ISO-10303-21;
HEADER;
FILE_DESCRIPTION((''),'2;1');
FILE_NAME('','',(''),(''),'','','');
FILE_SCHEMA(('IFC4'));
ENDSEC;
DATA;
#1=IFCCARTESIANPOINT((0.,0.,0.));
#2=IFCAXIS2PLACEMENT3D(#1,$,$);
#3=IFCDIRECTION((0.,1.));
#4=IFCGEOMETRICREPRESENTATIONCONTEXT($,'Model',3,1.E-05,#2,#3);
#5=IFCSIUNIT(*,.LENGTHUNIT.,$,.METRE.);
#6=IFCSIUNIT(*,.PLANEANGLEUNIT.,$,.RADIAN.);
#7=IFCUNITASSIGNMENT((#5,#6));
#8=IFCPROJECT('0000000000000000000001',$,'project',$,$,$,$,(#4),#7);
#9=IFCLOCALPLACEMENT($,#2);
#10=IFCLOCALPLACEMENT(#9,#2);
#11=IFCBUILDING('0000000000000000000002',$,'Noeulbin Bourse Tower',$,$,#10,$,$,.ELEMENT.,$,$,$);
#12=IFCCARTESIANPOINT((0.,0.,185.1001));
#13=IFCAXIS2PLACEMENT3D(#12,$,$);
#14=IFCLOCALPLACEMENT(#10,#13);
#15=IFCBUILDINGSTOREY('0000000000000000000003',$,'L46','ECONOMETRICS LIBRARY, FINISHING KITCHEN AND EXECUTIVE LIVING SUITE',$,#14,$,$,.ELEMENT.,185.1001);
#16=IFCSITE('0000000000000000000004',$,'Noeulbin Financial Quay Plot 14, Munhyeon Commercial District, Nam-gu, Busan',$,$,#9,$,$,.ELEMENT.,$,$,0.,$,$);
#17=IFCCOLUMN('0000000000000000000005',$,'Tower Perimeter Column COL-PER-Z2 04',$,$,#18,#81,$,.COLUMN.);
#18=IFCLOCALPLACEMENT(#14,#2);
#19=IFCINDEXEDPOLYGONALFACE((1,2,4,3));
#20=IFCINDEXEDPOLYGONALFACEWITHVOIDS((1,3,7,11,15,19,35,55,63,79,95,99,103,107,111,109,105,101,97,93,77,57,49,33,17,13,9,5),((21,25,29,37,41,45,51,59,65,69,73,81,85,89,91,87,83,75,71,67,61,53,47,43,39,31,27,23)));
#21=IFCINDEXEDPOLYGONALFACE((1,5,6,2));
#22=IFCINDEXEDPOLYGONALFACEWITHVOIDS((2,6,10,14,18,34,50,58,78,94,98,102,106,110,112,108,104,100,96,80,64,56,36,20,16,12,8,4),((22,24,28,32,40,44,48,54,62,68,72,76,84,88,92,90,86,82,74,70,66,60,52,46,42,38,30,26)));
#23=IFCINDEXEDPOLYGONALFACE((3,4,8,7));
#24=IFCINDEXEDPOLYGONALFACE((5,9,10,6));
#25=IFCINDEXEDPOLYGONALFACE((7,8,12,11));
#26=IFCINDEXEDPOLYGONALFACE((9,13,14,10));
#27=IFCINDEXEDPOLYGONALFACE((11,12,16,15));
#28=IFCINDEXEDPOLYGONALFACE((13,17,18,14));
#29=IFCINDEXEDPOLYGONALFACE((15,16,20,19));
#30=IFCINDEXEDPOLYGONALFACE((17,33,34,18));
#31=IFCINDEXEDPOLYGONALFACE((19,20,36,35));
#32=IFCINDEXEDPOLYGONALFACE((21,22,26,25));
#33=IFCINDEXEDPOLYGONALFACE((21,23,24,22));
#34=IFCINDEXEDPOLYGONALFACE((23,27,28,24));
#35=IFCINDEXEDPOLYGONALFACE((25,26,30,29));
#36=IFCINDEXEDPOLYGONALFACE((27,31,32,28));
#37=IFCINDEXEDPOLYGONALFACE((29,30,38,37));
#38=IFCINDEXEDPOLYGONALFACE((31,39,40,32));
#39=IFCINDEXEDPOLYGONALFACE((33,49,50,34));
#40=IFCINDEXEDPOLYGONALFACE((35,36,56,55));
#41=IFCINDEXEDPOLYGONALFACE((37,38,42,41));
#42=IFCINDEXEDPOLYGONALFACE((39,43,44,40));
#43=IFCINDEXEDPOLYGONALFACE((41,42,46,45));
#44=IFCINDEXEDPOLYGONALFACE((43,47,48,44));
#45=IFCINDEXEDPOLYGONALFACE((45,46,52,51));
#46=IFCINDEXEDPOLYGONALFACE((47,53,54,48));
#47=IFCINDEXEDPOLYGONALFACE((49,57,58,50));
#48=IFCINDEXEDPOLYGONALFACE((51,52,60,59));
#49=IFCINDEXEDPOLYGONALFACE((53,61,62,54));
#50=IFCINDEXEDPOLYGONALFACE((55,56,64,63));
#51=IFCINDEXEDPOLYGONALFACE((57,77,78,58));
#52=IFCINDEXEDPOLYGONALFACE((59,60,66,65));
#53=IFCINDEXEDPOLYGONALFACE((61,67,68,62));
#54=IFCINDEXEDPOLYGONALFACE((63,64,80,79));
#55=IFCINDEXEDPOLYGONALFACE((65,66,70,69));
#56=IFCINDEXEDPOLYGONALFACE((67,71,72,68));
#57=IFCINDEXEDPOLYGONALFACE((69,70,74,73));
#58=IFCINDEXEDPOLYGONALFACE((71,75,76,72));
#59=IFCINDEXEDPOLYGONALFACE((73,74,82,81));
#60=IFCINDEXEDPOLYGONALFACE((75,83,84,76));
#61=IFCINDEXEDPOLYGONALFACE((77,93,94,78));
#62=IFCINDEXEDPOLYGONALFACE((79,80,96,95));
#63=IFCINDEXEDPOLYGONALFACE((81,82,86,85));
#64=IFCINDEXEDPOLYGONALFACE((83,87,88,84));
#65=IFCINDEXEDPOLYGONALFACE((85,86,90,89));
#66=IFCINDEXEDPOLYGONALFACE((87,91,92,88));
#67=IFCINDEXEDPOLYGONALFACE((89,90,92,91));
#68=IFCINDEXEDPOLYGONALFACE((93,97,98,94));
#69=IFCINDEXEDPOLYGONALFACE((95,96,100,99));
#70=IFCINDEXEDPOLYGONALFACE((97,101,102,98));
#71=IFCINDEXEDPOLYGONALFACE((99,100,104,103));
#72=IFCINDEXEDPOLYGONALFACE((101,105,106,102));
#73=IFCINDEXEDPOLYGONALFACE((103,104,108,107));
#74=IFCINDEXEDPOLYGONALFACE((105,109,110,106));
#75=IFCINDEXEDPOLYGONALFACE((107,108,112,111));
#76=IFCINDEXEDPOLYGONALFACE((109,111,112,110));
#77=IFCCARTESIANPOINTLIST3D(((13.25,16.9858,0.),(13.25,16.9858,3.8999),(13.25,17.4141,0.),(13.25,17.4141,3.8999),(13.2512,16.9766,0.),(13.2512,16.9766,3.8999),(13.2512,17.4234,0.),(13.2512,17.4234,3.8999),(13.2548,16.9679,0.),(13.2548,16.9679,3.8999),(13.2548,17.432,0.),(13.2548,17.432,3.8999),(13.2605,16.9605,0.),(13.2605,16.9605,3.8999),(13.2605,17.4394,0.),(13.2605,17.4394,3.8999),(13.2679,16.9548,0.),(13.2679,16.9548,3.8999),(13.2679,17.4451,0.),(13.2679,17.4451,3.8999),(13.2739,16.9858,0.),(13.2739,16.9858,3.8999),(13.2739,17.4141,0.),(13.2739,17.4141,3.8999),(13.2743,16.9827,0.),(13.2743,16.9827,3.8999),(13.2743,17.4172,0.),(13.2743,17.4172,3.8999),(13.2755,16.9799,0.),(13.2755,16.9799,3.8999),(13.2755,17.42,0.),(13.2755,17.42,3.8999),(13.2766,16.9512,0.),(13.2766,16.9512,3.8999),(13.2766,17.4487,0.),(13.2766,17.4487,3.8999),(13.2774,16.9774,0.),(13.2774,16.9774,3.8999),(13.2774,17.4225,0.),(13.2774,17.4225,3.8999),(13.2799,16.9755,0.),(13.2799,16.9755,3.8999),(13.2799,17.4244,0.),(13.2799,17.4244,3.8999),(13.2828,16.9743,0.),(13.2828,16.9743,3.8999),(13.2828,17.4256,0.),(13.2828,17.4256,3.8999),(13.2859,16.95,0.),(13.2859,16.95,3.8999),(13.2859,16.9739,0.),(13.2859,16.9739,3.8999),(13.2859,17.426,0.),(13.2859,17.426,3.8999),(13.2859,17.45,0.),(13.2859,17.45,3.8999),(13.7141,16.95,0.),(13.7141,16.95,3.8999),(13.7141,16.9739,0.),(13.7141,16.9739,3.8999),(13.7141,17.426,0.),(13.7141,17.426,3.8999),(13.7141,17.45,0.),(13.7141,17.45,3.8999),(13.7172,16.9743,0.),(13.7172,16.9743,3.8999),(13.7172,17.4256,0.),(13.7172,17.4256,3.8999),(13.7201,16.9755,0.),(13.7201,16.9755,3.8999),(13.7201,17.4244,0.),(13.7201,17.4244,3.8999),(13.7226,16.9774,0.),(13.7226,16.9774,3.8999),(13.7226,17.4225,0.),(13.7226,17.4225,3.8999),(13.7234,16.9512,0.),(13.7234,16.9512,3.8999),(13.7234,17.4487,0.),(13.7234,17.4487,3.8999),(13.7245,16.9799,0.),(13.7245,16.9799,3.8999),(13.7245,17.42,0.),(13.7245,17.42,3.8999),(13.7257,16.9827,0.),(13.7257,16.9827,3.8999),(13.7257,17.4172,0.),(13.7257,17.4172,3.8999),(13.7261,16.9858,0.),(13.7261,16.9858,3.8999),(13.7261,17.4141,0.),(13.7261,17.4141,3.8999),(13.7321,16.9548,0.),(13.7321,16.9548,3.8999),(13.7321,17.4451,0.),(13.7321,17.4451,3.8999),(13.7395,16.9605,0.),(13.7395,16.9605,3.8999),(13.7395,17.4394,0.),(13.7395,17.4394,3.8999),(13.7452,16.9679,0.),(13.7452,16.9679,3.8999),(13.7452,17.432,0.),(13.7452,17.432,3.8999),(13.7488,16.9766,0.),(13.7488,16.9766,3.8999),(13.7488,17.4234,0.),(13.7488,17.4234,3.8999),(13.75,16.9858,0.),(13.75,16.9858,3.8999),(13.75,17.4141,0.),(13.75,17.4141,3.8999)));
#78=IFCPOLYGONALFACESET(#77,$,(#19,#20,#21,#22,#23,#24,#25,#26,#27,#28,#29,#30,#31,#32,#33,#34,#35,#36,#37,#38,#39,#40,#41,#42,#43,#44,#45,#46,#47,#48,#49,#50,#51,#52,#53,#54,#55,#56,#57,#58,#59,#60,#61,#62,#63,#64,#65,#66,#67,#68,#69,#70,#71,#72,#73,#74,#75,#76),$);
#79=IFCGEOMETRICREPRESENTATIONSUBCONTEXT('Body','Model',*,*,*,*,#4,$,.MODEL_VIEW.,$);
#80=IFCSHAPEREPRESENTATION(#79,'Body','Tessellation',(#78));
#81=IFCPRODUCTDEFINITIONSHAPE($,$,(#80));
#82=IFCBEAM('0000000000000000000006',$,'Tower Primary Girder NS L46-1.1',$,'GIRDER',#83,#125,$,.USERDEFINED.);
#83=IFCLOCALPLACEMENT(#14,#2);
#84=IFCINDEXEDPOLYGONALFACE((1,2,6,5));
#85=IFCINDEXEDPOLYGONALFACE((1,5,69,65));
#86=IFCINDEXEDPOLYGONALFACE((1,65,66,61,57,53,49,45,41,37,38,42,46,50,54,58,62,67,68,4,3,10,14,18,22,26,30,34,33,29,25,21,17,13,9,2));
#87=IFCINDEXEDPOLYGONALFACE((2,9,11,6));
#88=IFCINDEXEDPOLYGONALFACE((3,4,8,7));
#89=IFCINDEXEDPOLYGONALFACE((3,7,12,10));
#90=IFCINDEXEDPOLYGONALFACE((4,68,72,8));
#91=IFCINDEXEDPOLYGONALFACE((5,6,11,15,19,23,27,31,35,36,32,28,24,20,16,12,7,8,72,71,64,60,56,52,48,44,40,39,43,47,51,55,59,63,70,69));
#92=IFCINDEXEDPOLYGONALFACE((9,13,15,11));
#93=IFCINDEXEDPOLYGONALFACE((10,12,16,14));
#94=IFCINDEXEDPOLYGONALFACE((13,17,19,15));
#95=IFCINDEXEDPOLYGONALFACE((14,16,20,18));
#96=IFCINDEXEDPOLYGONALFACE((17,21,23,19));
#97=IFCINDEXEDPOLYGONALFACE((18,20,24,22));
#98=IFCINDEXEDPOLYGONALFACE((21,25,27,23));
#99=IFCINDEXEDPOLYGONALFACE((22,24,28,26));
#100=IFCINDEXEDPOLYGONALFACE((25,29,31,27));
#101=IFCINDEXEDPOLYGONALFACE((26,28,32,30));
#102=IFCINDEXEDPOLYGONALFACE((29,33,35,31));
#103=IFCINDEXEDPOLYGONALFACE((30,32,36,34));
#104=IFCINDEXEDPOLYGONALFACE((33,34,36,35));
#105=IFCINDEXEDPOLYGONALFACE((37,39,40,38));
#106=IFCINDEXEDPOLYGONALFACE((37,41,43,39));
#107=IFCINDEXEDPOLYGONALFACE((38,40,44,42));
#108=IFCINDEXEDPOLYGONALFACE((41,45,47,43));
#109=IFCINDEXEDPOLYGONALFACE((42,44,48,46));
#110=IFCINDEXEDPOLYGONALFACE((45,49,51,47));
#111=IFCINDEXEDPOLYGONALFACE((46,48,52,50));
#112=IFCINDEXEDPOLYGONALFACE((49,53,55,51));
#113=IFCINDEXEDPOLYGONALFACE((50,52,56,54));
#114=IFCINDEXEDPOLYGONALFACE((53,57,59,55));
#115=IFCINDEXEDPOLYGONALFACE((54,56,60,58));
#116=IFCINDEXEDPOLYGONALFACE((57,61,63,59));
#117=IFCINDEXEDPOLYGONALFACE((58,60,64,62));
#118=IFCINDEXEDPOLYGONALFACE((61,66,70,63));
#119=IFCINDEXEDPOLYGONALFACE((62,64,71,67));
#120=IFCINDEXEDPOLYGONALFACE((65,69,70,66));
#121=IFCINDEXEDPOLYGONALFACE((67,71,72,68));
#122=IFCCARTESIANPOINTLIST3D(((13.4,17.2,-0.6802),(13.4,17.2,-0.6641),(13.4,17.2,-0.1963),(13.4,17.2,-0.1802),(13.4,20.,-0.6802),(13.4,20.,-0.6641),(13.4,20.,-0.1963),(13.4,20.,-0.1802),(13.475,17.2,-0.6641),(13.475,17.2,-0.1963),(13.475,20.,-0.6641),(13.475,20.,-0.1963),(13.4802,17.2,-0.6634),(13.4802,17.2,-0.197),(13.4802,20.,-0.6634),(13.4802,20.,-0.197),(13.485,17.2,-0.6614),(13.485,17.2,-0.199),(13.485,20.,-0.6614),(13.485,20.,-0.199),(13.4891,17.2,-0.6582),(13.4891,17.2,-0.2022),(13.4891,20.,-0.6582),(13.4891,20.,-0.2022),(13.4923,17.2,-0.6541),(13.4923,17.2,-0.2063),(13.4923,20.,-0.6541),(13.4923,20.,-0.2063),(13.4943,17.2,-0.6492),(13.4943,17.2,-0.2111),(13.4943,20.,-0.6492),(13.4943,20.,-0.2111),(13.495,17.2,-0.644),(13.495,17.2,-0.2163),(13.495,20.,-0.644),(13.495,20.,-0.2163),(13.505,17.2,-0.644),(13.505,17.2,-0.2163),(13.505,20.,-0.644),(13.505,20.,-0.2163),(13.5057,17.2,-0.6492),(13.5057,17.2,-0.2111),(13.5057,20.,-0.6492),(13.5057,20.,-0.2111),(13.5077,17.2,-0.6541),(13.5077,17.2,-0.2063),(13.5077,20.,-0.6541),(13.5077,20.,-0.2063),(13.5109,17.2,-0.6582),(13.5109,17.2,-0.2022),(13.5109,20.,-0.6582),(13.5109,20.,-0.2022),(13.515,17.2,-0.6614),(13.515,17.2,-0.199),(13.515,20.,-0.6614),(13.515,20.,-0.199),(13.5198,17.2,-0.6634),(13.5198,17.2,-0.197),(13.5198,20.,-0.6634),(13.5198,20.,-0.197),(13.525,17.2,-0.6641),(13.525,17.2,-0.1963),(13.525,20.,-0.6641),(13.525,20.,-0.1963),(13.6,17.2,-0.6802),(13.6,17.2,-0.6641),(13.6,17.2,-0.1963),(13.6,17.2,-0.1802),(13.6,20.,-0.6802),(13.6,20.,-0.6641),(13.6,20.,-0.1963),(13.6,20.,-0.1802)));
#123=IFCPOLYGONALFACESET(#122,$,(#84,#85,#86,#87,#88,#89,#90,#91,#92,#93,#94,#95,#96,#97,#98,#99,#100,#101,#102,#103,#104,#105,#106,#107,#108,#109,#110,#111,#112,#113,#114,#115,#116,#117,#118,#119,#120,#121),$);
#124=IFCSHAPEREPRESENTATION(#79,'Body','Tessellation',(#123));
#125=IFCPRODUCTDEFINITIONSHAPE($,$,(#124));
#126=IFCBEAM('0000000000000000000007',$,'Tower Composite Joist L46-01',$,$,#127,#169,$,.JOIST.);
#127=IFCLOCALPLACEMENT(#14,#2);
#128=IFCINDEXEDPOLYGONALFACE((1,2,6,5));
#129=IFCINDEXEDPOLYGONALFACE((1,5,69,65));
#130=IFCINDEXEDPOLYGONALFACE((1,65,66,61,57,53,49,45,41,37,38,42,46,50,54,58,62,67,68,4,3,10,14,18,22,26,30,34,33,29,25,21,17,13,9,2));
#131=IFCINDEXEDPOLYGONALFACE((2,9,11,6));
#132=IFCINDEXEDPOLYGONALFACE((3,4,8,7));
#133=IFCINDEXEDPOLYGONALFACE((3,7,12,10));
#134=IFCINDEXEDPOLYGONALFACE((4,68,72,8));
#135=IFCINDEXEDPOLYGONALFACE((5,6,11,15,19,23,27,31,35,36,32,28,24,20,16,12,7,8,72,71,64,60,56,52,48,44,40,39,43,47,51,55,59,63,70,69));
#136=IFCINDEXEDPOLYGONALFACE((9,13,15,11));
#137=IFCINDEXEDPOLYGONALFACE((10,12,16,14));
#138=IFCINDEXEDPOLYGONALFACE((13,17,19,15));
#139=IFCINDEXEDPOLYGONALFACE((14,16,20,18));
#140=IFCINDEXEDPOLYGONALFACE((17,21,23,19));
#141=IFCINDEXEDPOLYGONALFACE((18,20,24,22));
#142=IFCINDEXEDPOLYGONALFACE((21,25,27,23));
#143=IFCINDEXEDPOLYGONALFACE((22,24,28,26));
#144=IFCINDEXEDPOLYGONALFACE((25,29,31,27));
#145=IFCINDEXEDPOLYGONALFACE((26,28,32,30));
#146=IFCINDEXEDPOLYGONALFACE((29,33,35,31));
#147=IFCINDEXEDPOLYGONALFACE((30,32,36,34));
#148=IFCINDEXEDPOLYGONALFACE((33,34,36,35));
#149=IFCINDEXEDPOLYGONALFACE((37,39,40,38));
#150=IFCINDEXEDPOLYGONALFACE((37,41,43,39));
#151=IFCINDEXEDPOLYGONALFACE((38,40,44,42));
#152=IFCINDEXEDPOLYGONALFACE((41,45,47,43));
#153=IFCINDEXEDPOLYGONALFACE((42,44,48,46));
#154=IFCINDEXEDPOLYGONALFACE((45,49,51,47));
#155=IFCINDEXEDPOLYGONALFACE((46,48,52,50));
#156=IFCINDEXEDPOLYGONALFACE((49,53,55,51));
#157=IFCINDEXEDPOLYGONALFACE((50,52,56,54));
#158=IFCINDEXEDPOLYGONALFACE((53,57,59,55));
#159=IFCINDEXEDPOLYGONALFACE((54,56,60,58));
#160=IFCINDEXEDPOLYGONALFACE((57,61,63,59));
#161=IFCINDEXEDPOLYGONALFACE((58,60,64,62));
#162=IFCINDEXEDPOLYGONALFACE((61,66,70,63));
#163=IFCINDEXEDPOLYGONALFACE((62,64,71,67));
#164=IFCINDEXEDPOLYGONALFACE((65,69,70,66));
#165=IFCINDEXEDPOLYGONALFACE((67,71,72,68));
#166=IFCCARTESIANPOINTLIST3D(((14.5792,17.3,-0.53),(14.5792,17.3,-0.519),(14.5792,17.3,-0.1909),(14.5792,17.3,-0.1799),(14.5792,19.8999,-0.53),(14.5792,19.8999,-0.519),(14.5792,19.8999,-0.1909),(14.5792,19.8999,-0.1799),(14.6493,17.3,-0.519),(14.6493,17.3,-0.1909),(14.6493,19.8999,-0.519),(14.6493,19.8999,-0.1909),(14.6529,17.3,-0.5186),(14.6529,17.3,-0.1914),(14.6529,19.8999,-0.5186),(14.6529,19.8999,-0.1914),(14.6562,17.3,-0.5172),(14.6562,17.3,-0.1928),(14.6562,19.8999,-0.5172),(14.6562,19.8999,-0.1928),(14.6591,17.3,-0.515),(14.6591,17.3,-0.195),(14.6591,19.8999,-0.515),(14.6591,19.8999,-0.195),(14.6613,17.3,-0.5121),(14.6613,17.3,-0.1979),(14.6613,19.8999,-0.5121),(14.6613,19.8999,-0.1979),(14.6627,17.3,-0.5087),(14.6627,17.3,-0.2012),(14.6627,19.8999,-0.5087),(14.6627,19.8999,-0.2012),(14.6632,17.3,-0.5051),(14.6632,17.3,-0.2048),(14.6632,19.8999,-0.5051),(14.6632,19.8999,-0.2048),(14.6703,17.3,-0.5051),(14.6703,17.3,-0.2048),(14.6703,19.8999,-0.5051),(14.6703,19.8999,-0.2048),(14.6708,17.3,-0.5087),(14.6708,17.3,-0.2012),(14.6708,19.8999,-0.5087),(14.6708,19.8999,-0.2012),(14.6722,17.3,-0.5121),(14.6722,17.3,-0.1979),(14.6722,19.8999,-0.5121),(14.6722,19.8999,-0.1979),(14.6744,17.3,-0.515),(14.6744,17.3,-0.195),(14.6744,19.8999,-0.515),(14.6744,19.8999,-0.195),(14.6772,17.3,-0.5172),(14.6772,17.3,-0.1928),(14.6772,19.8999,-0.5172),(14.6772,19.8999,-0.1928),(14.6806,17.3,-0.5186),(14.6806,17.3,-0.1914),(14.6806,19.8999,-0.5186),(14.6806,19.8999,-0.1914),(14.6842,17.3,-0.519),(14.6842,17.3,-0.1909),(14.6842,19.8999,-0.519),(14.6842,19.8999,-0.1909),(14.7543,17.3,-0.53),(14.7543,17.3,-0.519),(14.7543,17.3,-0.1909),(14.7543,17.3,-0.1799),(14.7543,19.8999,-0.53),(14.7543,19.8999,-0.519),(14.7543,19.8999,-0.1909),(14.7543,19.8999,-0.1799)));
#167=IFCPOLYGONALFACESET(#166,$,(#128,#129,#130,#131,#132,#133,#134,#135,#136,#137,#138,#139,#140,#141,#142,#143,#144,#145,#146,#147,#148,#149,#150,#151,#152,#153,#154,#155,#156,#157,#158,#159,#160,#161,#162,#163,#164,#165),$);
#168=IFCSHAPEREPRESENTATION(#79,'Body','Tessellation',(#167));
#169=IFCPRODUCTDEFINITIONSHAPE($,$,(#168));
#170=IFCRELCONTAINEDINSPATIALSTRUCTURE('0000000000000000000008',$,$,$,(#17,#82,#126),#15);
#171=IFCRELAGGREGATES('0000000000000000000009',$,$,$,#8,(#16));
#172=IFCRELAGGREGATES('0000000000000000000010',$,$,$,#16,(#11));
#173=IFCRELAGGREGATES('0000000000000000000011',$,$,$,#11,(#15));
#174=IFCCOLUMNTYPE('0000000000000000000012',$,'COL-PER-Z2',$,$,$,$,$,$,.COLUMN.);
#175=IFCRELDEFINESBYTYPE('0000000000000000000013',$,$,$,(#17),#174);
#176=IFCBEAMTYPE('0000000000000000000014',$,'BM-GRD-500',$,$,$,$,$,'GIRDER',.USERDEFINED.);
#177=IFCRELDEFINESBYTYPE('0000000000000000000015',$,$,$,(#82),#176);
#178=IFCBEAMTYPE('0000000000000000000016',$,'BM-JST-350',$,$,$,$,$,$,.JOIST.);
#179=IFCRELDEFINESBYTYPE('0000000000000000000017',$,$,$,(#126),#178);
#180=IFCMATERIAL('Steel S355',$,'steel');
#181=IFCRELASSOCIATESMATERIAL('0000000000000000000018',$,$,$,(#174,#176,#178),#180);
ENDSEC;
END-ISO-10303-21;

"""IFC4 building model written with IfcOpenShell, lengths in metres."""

from ifc_helpers import new_model, si_unit, direction, frame, origin, origin_2d, place, context, subcontext, project, spatial, hollow_rectangle, i_section, extrude, material, material_profile, profile_set, type_object, element, save


model = new_model("IFC4")

# Units and contexts
model_context = context("Model", 3, precision=1e-05, world=origin(), true_north=direction((0.0, 1.0)))
body_context = subcontext(model_context, "Body", "Model", "MODEL_VIEW")
ifc_project = project(units=[si_unit("LENGTHUNIT", "METRE"), si_unit("PLANEANGLEUNIT", "RADIAN")], contexts=[model_context])

# Site, building, storey
site_placement = place(None, origin())
site = spatial("IfcSite", under=ifc_project, at=site_placement, Name="Noeulbin Financial Quay Plot 14, Munhyeon Commercial District, Nam-gu, Busan", CompositionType="ELEMENT", RefElevation=0.0)
building_placement = place(site_placement, origin())
building = spatial("IfcBuilding", under=site, at=building_placement, Name="Noeulbin Bourse Tower", CompositionType="ELEMENT")
storey_placement = place(building_placement, frame((0.0, 0.0, 185.1001)))
storey = spatial("IfcBuildingStorey", under=building, at=storey_placement, Name="L46", Description="ECONOMETRICS LIBRARY, FINISHING KITCHEN AND EXECUTIVE LIVING SUITE", CompositionType="ELEMENT", Elevation=185.1001)

# Column
ifc_material_1 = material(Name="Steel S355", Category="steel")
ifc_material_profile_1 = material_profile(ifc_material_1, hollow_rectangle(XDim=0.5, YDim=0.5, WallThickness=0.0239, InnerFilletRadius=0.012, OuterFilletRadius=0.0359, at=origin_2d()), Name="BOX-500x500x24", Category="LoadBearing")
ifc_profile_set_1 = profile_set([ifc_material_profile_1], Name="Steel S355")
column_type = type_object("IfcColumnType", Name="COL-PER-Z2", PredefinedType="COLUMN", material=ifc_profile_set_1)
column_placement = place(storey_placement, frame((13.5, 17.2, 0.0), z_axis=(0.0, 0.0, 1.0), x_axis=(1.0, 0.0, 0.0)))
element("IfcColumn", 1, at=column_placement, inside=storey, type_object=column_type, Name="Tower Perimeter Column COL-PER-Z2 04", PredefinedType="COLUMN", context=body_context, shape_type="SweptSolid", body=[
    extrude(hollow_rectangle(XDim=0.5, YDim=0.5, WallThickness=0.0239, InnerFilletRadius=0.012, OuterFilletRadius=0.0359, at=origin_2d()), origin(), (0.0, 0.0, 1.0), 3.8999),
])

# Beams
ifc_material_profile_2 = material_profile(ifc_material_1, i_section(OverallWidth=0.2, OverallDepth=0.5, WebThickness=0.01, FlangeThickness=0.0161, FilletRadius=0.02, at=origin_2d()), Name="H-500x200x10x16", Category="LoadBearing")
ifc_profile_set_2 = profile_set([ifc_material_profile_2], Name="Steel S355")
beam_type_1 = type_object("IfcBeamType", Name="BM-GRD-500", ElementType="GIRDER", PredefinedType="USERDEFINED", material=ifc_profile_set_2)
beam_1_placement = place(storey_placement, frame((13.5, 17.2, -0.4302), z_axis=(0.0, 1.0, 0.0), x_axis=(-1.0, 0.0, 0.0)))
element("IfcBeam", 2, at=beam_1_placement, inside=storey, type_object=beam_type_1, Name="Tower Primary Girder NS L46-1.1", ObjectType="GIRDER", PredefinedType="USERDEFINED", context=body_context, shape_type="SweptSolid", body=[
    extrude(i_section(OverallWidth=0.2, OverallDepth=0.5, WebThickness=0.01, FlangeThickness=0.0161, FilletRadius=0.02, at=origin_2d()), origin(), (0.0, 0.0, 1.0), 2.8),
])
ifc_material_profile_3 = material_profile(ifc_material_1, i_section(OverallWidth=0.175, OverallDepth=0.3501, WebThickness=0.0071, FlangeThickness=0.011, FilletRadius=0.0139, at=origin_2d()), Name="H-350x175x7x11", Category="LoadBearing")
ifc_profile_set_3 = profile_set([ifc_material_profile_3], Name="Steel S355")
beam_type_2 = type_object("IfcBeamType", Name="BM-JST-350", PredefinedType="JOIST", material=ifc_profile_set_3)
for number, where, z_axis, x_axis, name in (
    (3, (14.6667, 17.3, -0.355), (0.0, 1.0, 0.0), (-1.0, 0.0, 0.0), "Tower Composite Joist L46-01"),
):
    element("IfcBeam", number, at=place(storey_placement, frame(where, z_axis=z_axis, x_axis=x_axis)), inside=storey, type_object=beam_type_2, Name=name, PredefinedType="JOIST", context=body_context, shape_type="SweptSolid", body=[
        extrude(i_section(OverallWidth=0.175, OverallDepth=0.3501, WebThickness=0.0071, FlangeThickness=0.011, FilletRadius=0.0139, at=origin_2d()), origin(), (0.0, 0.0, 1.0), 2.5999),
    ])

save(model, "model.ifc")
